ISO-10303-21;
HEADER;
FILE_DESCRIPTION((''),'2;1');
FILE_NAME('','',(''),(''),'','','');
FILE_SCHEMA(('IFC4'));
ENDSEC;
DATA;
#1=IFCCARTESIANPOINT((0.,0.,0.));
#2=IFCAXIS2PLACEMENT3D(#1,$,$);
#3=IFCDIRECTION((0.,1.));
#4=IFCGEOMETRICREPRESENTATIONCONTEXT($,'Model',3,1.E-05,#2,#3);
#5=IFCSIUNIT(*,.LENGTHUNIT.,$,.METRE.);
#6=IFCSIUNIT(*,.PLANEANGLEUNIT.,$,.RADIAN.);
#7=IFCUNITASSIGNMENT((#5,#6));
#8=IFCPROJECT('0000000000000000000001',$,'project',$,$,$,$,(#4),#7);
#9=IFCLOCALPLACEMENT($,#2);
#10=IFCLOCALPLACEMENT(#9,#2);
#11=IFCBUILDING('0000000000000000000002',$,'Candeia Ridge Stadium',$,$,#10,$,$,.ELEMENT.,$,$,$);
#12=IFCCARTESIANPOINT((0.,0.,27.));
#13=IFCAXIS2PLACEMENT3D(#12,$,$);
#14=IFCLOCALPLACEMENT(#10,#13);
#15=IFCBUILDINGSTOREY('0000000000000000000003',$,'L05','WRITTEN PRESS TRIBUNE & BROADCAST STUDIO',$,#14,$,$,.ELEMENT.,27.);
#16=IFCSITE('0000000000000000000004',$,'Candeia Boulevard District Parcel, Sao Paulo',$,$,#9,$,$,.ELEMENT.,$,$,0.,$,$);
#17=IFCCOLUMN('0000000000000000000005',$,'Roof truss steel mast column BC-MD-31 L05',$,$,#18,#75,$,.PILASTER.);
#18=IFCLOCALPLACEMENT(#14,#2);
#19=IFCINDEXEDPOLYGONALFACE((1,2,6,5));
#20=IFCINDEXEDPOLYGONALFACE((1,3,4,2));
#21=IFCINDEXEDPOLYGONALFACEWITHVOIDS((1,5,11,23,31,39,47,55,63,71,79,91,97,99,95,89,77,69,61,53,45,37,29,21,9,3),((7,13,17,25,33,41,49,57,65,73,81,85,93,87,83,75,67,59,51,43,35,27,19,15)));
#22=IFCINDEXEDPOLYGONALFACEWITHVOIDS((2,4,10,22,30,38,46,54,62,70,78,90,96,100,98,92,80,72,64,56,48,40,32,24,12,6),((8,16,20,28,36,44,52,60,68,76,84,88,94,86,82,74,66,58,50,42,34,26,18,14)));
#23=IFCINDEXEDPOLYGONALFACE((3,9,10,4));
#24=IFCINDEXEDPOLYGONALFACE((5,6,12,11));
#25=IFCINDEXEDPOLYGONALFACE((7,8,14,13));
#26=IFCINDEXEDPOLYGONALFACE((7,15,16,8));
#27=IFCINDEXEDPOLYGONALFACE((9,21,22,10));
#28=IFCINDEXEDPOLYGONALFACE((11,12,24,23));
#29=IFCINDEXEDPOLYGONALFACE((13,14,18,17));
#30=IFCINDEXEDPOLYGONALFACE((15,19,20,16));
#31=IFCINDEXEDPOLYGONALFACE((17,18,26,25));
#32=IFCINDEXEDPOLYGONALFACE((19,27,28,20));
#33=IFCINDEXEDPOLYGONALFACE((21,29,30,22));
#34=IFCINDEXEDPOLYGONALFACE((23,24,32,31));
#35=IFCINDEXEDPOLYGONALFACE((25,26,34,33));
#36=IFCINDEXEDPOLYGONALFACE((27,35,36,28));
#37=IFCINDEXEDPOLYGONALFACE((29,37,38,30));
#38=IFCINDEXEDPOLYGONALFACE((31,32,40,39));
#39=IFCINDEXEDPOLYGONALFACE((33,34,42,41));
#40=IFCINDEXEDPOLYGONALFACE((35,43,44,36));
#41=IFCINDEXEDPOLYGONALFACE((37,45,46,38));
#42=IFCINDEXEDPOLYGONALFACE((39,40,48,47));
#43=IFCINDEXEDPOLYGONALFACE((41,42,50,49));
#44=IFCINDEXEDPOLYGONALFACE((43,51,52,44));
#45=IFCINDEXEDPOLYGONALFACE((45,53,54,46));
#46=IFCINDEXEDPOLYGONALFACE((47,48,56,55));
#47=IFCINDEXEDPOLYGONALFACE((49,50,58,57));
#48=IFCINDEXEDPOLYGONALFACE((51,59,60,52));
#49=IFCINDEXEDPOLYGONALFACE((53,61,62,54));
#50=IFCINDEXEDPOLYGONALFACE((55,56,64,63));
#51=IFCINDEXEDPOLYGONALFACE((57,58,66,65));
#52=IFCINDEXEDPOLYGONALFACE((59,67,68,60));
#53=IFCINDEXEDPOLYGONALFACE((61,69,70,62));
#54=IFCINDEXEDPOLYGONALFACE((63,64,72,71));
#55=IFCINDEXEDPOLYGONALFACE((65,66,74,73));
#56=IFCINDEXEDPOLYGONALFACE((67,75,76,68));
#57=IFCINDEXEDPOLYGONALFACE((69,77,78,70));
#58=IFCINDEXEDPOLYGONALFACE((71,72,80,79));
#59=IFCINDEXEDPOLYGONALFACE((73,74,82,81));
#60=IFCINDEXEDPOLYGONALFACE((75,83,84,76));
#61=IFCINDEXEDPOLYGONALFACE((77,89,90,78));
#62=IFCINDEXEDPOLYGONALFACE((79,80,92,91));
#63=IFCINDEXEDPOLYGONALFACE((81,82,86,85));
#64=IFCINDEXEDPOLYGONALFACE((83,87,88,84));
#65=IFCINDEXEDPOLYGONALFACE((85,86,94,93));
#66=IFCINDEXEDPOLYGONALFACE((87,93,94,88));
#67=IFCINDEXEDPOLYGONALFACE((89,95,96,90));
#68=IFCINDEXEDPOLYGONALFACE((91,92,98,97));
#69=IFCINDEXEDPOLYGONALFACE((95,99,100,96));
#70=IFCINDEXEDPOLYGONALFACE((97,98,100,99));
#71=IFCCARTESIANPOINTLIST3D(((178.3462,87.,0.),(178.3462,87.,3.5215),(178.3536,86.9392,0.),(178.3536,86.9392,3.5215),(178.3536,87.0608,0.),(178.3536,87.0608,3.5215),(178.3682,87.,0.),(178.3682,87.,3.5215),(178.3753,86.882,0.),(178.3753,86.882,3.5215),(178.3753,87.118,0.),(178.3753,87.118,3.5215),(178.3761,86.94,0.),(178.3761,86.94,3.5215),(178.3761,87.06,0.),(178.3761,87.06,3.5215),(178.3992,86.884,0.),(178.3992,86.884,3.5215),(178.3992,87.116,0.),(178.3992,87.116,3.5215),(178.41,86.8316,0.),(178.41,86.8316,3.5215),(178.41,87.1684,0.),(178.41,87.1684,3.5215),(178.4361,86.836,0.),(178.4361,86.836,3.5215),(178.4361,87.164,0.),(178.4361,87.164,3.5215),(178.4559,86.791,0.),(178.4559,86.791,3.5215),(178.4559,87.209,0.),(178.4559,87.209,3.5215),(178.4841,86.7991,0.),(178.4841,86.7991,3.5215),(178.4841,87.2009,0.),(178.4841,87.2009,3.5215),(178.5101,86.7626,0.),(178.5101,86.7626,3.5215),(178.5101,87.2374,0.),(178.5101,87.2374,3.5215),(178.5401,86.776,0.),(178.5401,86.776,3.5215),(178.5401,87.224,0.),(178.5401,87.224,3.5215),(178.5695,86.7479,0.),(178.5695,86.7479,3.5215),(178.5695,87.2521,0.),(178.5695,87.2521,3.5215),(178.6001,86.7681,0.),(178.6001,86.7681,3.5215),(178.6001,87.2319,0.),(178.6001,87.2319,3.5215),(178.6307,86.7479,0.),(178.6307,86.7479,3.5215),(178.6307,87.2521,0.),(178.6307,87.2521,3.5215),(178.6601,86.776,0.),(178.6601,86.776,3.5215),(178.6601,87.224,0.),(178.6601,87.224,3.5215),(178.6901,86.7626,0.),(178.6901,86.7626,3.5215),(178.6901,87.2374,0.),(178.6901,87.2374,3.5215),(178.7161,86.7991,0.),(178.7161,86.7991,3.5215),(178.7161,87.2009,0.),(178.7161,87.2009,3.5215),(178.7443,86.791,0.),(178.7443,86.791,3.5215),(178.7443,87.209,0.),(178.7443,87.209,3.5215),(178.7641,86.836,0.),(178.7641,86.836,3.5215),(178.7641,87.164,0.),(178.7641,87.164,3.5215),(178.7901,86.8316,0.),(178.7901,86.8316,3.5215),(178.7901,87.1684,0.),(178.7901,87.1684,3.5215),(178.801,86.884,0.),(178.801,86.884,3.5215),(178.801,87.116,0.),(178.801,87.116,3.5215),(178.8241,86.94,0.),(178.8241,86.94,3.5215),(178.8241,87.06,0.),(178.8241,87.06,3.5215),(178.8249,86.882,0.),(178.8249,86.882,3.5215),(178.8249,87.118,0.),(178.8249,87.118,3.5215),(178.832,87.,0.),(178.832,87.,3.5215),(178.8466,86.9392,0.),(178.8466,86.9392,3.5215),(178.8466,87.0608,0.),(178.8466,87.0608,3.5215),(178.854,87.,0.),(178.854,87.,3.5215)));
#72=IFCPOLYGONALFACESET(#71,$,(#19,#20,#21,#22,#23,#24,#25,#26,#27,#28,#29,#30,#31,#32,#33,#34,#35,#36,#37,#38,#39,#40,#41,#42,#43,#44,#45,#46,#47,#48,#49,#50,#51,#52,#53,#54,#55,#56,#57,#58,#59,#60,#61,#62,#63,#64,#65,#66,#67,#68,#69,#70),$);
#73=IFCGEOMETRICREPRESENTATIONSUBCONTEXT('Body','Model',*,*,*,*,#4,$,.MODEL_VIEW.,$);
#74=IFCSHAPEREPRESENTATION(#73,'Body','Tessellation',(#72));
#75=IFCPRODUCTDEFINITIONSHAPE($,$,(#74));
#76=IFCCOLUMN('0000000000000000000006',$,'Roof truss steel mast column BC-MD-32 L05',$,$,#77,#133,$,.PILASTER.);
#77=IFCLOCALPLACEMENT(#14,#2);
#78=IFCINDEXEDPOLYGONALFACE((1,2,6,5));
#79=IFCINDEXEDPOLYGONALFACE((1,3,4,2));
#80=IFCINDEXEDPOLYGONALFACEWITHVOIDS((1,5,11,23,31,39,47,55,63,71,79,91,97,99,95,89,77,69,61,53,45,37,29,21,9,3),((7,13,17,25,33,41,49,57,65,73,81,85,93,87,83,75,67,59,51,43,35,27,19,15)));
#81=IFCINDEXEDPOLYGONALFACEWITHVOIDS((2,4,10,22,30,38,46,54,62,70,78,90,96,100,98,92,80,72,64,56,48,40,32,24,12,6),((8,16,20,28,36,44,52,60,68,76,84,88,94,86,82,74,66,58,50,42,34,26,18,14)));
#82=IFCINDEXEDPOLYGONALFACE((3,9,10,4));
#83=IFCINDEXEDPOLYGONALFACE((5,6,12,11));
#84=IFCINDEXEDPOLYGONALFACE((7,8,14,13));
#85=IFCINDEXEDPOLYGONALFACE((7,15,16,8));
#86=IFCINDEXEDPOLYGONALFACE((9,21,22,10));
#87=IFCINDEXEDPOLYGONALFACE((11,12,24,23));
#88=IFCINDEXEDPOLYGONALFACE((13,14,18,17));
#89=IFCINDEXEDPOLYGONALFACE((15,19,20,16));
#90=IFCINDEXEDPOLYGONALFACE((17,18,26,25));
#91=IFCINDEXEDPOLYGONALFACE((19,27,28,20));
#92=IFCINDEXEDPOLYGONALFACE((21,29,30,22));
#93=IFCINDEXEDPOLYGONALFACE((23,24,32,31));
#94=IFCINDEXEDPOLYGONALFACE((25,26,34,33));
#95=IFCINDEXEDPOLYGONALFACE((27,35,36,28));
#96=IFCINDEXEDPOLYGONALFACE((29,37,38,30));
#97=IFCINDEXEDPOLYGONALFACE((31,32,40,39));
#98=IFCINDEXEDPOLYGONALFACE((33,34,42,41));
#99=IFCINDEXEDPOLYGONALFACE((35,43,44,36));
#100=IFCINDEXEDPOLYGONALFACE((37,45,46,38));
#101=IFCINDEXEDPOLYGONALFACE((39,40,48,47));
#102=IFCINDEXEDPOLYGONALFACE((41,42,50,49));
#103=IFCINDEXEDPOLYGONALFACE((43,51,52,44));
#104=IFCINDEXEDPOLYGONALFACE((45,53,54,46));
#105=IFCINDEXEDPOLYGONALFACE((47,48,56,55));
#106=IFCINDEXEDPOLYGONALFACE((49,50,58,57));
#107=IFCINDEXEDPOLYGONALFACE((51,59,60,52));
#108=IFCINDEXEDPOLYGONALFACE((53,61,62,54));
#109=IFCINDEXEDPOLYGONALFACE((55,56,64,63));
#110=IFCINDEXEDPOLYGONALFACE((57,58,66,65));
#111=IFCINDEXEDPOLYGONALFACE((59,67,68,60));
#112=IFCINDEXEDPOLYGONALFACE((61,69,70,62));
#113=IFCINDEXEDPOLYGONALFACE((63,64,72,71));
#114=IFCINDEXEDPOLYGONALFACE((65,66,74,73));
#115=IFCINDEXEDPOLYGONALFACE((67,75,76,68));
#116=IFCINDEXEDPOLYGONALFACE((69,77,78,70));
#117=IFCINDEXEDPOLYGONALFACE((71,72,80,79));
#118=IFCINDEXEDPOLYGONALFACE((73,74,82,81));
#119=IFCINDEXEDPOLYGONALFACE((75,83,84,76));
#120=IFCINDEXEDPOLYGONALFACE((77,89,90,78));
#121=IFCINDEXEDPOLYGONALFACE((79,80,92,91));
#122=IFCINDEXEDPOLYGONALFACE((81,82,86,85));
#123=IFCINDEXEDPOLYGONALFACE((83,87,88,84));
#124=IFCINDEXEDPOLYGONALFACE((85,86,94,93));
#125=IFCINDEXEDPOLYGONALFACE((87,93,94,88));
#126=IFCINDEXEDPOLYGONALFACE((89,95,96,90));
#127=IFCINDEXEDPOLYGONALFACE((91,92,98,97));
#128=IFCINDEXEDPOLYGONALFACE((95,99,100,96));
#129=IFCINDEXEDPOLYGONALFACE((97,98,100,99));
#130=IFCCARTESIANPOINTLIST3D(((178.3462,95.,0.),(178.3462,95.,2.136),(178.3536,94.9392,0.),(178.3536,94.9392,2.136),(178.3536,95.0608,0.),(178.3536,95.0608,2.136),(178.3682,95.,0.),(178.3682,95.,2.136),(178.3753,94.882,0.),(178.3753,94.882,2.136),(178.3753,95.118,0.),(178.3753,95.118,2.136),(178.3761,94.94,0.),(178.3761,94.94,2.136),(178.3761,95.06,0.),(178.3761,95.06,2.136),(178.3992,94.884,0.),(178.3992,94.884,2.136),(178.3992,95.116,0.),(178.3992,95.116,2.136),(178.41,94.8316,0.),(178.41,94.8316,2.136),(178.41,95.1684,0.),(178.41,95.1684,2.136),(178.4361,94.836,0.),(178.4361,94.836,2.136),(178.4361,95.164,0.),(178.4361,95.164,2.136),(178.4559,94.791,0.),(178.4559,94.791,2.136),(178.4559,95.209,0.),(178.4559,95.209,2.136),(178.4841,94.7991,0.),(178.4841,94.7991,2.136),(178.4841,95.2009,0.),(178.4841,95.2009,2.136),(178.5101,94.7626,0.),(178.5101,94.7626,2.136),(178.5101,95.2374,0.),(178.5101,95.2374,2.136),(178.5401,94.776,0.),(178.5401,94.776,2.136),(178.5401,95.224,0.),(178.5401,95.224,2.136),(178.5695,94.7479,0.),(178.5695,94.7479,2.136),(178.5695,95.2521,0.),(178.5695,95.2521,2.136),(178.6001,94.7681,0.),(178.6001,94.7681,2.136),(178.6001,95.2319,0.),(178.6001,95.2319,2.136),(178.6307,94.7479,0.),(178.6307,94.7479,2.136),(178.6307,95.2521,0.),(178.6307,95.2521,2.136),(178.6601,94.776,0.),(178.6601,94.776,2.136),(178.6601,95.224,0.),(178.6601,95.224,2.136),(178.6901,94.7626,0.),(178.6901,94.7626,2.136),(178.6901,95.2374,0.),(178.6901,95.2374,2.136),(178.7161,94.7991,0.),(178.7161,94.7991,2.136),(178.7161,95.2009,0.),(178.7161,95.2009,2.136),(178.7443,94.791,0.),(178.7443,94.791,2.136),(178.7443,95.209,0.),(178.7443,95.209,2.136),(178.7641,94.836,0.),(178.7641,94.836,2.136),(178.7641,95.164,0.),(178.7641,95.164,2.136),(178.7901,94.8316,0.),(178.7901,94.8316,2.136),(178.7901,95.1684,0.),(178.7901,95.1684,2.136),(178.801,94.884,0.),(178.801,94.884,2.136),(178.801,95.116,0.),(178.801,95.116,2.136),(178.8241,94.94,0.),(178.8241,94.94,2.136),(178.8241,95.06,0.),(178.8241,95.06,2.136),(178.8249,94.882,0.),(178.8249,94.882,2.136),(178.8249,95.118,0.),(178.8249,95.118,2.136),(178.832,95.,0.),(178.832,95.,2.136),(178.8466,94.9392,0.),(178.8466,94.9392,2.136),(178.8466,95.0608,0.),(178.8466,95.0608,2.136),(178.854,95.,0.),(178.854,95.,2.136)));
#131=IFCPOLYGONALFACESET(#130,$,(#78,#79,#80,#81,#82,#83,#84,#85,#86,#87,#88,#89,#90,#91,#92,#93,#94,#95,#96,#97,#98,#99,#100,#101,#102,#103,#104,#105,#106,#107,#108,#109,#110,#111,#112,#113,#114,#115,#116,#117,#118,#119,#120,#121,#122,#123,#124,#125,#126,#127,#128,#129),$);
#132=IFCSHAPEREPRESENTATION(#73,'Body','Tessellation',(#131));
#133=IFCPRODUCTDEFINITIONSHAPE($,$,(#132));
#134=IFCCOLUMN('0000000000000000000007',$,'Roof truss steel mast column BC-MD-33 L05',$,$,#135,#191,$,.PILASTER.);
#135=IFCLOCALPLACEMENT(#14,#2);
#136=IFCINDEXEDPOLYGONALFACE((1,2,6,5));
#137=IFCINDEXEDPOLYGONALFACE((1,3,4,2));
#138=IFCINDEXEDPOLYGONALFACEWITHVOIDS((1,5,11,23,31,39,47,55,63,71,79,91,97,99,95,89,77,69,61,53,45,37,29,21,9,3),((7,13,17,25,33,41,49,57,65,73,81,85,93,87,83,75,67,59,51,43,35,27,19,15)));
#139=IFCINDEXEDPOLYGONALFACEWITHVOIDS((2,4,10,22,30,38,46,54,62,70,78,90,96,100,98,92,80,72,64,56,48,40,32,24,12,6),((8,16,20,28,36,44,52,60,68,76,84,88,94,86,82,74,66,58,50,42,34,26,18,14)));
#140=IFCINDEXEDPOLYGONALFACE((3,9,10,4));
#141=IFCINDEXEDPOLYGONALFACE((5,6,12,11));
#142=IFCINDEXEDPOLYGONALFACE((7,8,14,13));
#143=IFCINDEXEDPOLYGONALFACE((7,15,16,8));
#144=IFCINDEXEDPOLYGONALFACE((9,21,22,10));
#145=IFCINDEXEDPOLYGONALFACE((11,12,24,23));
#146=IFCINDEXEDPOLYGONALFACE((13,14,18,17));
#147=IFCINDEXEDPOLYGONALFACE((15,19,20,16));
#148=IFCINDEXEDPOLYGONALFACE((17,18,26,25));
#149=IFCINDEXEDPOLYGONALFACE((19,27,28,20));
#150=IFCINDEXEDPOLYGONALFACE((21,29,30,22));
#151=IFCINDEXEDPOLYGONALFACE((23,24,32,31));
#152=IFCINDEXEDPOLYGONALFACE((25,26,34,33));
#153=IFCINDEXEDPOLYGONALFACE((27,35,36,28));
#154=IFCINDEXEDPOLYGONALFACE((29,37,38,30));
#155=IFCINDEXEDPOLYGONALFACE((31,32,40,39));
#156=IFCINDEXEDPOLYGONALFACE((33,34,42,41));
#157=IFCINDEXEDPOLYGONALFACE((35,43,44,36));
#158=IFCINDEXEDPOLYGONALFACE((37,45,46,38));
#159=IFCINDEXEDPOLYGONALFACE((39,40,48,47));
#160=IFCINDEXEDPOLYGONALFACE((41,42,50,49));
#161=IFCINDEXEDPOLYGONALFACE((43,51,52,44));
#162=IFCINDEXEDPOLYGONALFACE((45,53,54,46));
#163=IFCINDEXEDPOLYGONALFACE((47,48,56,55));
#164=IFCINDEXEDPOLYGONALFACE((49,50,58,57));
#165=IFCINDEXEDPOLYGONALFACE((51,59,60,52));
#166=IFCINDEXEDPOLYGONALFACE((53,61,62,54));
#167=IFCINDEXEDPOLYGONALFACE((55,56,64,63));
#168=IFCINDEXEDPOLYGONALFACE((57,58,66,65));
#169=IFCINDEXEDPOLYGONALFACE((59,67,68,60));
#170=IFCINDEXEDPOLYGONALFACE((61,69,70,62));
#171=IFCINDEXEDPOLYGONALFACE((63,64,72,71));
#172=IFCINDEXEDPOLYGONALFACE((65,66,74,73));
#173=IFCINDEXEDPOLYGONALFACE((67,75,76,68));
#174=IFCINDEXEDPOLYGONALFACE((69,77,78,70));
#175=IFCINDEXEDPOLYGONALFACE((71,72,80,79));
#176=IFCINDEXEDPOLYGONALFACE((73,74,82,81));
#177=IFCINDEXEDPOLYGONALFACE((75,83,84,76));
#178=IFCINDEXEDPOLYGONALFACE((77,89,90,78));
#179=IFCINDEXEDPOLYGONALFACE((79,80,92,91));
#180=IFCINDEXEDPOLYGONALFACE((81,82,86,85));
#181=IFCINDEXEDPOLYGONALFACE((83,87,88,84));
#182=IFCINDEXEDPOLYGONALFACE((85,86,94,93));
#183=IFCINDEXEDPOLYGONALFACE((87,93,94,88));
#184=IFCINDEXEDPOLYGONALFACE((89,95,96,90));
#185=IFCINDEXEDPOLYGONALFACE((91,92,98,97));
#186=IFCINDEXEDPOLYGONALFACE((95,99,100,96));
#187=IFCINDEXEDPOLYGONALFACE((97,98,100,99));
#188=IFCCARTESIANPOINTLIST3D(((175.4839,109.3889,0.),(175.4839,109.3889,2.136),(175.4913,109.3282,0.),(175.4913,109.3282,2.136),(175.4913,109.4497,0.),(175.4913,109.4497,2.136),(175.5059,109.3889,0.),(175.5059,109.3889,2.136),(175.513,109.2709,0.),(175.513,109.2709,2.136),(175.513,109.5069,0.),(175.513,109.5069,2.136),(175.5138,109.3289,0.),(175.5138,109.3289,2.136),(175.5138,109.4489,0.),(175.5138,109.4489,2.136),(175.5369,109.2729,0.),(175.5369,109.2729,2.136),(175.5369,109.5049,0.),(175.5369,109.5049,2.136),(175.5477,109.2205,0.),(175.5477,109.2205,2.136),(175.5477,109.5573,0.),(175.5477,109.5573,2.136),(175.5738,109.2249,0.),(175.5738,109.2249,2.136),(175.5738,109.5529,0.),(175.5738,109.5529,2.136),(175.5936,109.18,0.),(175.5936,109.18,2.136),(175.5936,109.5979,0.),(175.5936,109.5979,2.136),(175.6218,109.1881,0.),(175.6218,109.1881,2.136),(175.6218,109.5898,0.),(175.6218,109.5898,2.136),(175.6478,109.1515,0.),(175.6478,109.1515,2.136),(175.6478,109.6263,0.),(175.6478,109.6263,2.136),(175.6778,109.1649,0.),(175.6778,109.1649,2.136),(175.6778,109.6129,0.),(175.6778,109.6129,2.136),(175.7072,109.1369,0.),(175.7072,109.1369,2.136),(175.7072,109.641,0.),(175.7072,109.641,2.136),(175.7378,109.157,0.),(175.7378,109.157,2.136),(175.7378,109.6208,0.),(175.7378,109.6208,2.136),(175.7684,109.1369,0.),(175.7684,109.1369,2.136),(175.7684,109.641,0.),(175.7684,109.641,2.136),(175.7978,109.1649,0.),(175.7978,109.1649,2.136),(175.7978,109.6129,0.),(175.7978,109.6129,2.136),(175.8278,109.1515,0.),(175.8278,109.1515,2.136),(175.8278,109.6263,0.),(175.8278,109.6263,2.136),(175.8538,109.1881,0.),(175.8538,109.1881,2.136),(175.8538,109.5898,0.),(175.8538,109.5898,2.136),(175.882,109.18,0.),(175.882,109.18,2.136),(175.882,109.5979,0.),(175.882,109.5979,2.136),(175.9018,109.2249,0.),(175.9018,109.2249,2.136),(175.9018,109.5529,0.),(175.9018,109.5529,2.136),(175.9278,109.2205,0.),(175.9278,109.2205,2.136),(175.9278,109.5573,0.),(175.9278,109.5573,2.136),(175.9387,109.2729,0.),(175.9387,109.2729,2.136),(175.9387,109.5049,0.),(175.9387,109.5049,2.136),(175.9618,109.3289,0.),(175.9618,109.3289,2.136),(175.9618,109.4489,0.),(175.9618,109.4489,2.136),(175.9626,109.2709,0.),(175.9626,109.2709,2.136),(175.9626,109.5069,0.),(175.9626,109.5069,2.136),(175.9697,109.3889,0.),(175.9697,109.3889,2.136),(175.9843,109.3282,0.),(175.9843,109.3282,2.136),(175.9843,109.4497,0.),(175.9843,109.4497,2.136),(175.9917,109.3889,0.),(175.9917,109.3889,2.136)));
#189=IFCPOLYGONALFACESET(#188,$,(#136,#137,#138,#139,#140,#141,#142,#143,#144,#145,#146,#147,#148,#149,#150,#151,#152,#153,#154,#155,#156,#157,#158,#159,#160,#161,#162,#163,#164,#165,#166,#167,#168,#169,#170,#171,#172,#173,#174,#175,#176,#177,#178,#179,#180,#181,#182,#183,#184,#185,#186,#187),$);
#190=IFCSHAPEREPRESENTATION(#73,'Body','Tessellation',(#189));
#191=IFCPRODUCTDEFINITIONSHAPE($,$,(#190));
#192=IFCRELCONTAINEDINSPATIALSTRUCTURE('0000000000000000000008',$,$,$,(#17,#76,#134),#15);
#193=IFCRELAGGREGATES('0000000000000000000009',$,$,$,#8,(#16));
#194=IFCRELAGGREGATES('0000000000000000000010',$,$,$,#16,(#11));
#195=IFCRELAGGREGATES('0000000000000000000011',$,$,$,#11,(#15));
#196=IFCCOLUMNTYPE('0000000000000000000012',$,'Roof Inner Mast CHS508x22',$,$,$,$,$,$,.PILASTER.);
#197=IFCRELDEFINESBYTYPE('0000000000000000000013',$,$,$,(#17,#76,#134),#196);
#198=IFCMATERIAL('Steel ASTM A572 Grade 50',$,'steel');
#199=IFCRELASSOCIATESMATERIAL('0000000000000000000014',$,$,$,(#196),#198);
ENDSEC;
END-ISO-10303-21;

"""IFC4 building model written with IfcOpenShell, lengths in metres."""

from ifc_helpers import new_model, si_unit, direction, frame, origin, origin_2d, place, context, subcontext, project, spatial, hollow_circle, extrude, material, material_profile, profile_set, type_object, element, save


model = new_model("IFC4")

# Units and contexts
model_context = context("Model", 3, precision=1e-05, world=origin(), true_north=direction((0.0, 1.0)))
body_context = subcontext(model_context, "Body", "Model", "MODEL_VIEW")
ifc_project = project(units=[si_unit("LENGTHUNIT", "METRE"), si_unit("PLANEANGLEUNIT", "RADIAN")], contexts=[model_context])

# Site, building, storey
site_placement = place(None, origin())
site = spatial("IfcSite", under=ifc_project, at=site_placement, Name="Candeia Boulevard District Parcel, Sao Paulo", CompositionType="ELEMENT", RefElevation=0.0)
building_placement = place(site_placement, origin())
building = spatial("IfcBuilding", under=site, at=building_placement, Name="Candeia Ridge Stadium", CompositionType="ELEMENT")
storey_placement = place(building_placement, frame((0.0, 0.0, 27.0)))
storey = spatial("IfcBuildingStorey", under=building, at=storey_placement, Name="L05", Description="WRITTEN PRESS TRIBUNE & BROADCAST STUDIO", CompositionType="ELEMENT", Elevation=27.0)

# Columns
ifc_material_1 = material(Name="Steel ASTM A572 Grade 50", Category="steel")
ifc_material_profile_1 = material_profile(ifc_material_1, hollow_circle(Radius=0.2539, WallThickness=0.022, at=origin_2d()), Name="CHS508x22", Category="steel")
ifc_profile_set_1 = profile_set([ifc_material_profile_1], Name="Steel ASTM A572 Grade 50")
column_type_1 = type_object("IfcColumnType", Name="Roof Inner Mast CHS508x22", PredefinedType="PILASTER", material=ifc_profile_set_1)
column_placement = place(storey_placement, frame((178.6001, 87.0, 0.0), z_axis=(0.0, 0.0, 1.0), x_axis=(1.0, 0.0, 0.0)))
element("IfcColumn", 1, at=column_placement, inside=storey, type_object=column_type_1, Name="Roof truss steel mast column BC-MD-31 L05", PredefinedType="PILASTER", context=body_context, shape_type="SweptSolid", body=[
    extrude(hollow_circle(Radius=0.2539, WallThickness=0.022, at=origin_2d()), origin(), (0.0, 0.0, 1.0), 3.5215),
])
for number, where, z_axis, x_axis, name in (
    (2, (178.6001, 95.0, 0.0), (0.0, 0.0, 1.0), (1.0, 0.0, 0.0), "Roof truss steel mast column BC-MD-32 L05"),
    (3, (175.7378, 109.3889, 0.0), (0.0, 0.0, 1.0), (1.0, 0.0, 0.0), "Roof truss steel mast column BC-MD-33 L05"),
):
    element("IfcColumn", number, at=place(storey_placement, frame(where, z_axis=z_axis, x_axis=x_axis)), inside=storey, type_object=column_type_1, Name=name, PredefinedType="PILASTER", context=body_context, shape_type="SweptSolid", body=[
        extrude(hollow_circle(Radius=0.2539, WallThickness=0.022, at=origin_2d()), origin(), (0.0, 0.0, 1.0), 2.136),
    ])

save(model, "model.ifc")
